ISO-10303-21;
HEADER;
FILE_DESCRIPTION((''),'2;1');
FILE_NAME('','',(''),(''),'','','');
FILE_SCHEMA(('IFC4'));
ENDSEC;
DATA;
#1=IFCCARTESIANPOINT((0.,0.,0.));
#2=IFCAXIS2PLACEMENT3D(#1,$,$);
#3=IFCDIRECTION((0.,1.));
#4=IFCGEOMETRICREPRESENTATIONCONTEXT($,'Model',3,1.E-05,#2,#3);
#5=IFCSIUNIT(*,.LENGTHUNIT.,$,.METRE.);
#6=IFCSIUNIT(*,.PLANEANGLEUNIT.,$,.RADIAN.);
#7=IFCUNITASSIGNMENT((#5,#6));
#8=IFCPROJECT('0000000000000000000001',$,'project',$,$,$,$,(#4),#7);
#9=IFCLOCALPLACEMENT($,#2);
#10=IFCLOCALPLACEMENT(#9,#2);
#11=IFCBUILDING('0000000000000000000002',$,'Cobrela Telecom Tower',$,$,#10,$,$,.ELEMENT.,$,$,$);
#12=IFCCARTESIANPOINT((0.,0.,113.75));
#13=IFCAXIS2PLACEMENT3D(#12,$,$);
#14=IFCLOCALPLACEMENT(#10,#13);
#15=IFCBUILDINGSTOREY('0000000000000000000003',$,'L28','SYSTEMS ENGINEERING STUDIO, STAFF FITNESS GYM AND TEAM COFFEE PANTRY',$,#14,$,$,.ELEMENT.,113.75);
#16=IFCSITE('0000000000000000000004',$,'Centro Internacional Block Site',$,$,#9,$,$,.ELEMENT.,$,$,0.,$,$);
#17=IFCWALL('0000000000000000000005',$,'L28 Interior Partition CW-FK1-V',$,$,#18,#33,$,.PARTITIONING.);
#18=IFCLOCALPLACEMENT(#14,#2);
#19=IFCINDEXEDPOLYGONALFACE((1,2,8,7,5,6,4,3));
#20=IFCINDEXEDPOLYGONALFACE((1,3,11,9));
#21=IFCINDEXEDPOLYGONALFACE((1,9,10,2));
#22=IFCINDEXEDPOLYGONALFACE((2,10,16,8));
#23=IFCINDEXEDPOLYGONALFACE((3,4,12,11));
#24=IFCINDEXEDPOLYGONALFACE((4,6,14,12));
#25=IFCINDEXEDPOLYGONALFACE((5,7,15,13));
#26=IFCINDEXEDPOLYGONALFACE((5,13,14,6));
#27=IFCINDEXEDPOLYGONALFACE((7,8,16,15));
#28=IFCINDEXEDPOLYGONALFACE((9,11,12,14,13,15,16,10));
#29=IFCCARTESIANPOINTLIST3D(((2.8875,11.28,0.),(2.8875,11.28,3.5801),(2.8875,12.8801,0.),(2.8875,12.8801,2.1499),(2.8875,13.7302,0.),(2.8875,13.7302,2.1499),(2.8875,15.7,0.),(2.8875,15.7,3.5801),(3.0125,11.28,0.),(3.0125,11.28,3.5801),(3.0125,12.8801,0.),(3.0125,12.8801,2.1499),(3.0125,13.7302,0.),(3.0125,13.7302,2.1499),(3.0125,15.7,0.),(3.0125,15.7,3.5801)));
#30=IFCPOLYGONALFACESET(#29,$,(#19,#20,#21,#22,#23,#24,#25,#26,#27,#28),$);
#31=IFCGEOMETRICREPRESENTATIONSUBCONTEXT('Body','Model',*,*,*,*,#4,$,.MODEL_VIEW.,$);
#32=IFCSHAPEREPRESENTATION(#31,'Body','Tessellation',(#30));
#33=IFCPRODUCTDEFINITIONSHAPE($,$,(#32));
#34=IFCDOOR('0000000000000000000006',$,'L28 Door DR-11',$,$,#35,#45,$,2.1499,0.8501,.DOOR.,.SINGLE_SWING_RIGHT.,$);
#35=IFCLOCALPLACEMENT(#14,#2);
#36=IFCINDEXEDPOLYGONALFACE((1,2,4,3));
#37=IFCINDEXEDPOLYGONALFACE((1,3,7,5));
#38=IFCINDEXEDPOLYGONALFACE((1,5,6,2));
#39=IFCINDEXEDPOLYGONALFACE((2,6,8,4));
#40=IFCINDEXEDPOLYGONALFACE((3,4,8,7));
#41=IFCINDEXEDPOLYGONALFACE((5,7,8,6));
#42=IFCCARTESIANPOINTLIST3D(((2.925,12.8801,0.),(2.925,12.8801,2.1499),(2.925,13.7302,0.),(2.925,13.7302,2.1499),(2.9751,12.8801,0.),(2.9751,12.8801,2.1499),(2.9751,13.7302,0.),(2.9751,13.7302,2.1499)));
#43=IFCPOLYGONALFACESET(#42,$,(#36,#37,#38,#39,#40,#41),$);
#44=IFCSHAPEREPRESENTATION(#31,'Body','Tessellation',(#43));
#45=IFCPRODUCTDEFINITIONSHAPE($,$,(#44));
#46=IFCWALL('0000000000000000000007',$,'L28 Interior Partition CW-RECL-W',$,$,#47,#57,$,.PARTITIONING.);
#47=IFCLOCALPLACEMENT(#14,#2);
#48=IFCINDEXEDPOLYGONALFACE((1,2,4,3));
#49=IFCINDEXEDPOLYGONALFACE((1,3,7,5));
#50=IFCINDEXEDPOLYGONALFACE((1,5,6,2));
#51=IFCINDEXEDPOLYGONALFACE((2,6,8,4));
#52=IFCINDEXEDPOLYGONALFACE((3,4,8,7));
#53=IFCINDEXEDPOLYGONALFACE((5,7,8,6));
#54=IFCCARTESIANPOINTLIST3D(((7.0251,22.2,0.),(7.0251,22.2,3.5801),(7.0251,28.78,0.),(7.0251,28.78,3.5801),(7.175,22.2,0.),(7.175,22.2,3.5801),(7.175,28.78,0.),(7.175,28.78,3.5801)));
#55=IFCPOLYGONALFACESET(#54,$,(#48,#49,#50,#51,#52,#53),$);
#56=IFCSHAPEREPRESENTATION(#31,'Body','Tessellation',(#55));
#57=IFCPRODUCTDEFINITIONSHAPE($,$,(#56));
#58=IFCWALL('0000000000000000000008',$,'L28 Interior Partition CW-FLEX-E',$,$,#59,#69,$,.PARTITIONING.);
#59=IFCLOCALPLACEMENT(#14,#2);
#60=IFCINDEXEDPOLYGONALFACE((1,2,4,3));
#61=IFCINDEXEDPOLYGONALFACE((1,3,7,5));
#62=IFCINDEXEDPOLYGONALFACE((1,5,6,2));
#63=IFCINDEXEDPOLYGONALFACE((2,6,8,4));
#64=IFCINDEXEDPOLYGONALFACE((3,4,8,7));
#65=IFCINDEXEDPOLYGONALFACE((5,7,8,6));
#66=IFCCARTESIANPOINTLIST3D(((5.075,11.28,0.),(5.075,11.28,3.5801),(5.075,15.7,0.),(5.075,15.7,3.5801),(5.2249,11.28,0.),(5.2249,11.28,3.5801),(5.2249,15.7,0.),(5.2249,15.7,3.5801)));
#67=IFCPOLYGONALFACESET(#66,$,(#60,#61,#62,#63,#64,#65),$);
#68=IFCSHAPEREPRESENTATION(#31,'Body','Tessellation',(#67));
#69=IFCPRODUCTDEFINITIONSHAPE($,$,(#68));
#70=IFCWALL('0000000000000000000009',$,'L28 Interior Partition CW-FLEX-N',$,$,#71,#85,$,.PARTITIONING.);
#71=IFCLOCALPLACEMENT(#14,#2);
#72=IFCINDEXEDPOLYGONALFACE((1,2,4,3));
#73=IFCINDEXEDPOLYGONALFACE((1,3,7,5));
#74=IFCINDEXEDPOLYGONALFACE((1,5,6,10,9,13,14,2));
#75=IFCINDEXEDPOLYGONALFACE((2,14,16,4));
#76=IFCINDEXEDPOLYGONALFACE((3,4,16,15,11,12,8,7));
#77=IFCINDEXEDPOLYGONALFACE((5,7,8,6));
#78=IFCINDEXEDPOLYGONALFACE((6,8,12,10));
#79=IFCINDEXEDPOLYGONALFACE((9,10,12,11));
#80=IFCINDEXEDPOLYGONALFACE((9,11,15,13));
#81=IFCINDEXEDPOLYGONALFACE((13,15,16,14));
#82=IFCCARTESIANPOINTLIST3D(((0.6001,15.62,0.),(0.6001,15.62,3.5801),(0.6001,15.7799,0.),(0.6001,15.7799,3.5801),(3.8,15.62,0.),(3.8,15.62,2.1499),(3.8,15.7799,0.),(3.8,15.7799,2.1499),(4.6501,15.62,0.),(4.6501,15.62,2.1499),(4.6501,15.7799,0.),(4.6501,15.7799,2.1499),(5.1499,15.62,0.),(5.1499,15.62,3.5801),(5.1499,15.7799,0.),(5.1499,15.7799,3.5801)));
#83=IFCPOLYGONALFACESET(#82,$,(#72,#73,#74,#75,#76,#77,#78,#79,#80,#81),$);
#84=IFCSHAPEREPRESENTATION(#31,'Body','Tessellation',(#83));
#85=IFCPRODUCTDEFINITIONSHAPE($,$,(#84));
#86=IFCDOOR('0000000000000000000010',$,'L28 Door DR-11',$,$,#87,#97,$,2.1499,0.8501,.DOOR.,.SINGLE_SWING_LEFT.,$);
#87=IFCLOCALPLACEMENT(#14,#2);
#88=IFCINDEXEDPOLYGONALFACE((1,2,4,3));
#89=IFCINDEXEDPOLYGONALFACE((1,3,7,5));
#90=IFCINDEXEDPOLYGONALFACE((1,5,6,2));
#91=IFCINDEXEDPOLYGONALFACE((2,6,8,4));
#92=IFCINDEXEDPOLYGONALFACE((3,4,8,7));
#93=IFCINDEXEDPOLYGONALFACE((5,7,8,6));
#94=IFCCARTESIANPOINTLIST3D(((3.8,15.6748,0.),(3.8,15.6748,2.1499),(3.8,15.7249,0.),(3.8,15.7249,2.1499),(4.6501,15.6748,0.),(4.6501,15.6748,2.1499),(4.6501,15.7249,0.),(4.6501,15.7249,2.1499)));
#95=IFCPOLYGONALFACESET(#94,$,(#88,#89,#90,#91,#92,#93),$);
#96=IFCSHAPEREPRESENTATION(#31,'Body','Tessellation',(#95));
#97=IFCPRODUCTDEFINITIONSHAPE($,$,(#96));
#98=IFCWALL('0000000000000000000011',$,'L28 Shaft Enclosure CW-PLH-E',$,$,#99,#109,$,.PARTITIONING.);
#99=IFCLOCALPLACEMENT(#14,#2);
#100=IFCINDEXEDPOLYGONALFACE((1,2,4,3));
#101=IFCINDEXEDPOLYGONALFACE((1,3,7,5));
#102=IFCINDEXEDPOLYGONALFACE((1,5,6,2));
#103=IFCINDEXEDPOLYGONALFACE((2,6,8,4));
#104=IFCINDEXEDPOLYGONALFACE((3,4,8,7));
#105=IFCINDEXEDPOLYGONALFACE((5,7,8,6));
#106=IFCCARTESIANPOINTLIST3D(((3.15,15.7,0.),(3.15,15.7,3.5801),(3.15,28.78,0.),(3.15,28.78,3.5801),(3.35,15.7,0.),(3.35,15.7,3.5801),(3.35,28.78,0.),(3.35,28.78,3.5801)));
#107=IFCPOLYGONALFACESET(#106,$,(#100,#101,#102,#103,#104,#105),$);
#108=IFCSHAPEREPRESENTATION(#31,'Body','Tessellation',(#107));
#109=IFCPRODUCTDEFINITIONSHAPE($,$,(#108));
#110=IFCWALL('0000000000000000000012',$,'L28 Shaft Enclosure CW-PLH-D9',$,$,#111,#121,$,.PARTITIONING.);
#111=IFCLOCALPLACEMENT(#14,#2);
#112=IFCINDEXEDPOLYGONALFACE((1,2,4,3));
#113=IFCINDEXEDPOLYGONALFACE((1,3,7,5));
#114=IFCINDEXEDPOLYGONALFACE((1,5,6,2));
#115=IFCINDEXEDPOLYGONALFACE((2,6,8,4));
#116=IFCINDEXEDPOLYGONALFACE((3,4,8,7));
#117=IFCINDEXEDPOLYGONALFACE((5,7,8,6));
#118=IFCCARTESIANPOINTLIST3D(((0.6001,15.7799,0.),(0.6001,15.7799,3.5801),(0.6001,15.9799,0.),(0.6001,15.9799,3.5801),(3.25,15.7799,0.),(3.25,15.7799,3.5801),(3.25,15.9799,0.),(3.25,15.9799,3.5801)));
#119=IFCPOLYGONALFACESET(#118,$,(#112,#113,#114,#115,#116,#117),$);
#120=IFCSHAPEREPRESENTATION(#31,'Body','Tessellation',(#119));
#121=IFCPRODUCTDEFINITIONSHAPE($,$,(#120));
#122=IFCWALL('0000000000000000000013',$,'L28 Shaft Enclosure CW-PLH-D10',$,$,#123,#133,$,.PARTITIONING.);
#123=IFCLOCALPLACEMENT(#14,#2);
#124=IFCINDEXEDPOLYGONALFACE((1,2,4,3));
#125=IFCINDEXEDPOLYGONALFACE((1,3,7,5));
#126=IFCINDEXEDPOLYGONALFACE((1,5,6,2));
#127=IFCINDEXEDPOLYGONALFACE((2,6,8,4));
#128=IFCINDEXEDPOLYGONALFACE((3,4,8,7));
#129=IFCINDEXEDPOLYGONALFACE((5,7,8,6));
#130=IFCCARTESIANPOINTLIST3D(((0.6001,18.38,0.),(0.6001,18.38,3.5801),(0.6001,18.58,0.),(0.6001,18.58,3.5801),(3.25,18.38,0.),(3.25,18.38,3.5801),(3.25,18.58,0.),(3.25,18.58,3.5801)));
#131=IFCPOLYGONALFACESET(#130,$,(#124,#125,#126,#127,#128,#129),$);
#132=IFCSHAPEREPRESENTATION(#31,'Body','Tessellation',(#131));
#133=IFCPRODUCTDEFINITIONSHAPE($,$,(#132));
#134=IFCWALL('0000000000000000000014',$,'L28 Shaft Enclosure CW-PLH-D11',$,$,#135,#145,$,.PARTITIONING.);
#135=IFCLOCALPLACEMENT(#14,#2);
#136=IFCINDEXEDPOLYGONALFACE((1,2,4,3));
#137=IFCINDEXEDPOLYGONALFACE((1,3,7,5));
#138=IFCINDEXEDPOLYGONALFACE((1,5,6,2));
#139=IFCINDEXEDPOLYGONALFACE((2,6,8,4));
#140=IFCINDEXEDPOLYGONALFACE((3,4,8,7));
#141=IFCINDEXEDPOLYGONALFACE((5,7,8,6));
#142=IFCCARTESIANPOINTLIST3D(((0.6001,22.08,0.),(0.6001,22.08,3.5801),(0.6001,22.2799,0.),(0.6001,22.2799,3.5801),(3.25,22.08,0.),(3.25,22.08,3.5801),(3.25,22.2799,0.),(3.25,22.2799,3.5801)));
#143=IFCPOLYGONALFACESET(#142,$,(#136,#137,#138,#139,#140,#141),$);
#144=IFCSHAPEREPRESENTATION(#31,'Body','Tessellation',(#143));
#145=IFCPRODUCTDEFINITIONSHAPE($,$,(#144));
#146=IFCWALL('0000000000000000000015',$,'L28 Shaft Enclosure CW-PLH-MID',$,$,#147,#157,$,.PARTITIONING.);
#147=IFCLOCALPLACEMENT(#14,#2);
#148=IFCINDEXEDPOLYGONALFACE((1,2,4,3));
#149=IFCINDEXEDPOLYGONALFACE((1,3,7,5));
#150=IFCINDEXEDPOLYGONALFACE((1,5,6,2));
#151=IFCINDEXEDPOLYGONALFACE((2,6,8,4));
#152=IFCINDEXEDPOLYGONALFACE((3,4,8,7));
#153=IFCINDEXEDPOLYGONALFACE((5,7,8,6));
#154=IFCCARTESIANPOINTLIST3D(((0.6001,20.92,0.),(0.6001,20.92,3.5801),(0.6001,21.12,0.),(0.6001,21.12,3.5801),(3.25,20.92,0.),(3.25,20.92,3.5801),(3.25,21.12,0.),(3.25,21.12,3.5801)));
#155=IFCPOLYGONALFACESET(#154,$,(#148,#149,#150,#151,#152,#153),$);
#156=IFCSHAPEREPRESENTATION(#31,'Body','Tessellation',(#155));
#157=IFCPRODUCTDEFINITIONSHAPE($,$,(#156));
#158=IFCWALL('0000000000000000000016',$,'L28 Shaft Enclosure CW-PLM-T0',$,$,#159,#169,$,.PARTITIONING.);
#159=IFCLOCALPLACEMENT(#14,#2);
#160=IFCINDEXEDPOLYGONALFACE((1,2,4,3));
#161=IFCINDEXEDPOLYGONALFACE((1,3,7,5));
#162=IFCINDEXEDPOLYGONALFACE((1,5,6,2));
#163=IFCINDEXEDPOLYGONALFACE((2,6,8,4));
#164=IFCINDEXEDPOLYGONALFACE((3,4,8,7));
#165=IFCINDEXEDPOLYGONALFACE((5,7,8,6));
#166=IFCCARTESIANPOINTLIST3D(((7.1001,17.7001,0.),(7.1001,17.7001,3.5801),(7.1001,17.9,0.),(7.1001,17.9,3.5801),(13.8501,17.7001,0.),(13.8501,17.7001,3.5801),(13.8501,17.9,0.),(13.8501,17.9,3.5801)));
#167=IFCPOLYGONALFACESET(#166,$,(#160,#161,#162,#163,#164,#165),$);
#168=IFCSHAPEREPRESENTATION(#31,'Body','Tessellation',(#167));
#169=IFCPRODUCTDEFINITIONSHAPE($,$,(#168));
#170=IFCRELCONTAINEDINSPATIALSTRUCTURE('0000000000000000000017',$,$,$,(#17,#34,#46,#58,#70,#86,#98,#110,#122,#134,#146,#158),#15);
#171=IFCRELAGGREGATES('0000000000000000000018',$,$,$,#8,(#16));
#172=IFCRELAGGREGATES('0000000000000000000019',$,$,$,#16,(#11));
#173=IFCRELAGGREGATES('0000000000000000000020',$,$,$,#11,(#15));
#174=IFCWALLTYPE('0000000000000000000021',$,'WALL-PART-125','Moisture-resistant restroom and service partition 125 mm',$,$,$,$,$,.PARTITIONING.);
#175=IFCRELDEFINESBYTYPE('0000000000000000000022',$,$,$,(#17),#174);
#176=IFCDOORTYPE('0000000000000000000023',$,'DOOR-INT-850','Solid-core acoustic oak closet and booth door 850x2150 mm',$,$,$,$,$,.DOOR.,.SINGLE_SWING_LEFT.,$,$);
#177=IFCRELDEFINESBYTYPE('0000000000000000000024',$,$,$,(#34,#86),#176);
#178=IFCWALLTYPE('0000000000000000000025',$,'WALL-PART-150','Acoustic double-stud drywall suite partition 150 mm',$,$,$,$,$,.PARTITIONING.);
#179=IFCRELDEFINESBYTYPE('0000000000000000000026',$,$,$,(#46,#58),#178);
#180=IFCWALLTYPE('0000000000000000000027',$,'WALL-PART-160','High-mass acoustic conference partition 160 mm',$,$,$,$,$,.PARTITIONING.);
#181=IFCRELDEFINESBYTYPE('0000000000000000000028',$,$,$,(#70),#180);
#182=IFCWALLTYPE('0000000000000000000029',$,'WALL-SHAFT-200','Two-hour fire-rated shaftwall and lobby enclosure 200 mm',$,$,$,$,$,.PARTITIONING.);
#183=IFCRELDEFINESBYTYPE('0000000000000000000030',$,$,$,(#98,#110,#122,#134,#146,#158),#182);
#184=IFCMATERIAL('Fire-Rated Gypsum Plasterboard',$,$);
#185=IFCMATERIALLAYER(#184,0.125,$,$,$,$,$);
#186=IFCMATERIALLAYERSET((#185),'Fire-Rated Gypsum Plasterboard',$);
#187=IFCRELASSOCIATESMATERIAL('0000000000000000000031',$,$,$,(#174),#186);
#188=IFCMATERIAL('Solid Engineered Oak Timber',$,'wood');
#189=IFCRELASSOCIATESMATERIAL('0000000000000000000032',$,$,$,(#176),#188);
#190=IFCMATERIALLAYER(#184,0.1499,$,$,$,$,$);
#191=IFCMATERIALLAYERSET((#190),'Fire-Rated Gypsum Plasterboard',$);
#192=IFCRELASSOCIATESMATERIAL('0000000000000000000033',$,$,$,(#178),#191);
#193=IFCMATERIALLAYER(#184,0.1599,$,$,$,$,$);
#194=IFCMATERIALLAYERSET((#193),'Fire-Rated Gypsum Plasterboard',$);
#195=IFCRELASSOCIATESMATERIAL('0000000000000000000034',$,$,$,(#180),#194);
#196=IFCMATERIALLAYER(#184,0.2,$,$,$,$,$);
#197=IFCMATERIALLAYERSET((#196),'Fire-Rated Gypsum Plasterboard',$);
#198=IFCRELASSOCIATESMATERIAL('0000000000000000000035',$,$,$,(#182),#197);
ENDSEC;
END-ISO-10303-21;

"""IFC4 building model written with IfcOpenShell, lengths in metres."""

from ifc_helpers import new_model, si_unit, direction, frame, frame_2d, origin, place, context, subcontext, project, spatial, rectangle, extrude, material, layer, layer_set, type_object, element, fill, save


model = new_model("IFC4")

# Units and contexts
model_context = context("Model", 3, precision=1e-05, world=origin(), true_north=direction((0.0, 1.0)))
body_context = subcontext(model_context, "Body", "Model", "MODEL_VIEW")
ifc_project = project(units=[si_unit("LENGTHUNIT", "METRE"), si_unit("PLANEANGLEUNIT", "RADIAN")], contexts=[model_context])

# Site, building, storey
site_placement = place(None, origin())
site = spatial("IfcSite", under=ifc_project, at=site_placement, Name="Centro Internacional Block Site", CompositionType="ELEMENT", RefElevation=0.0)
building_placement = place(site_placement, origin())
building = spatial("IfcBuilding", under=site, at=building_placement, Name="Cobrela Telecom Tower", CompositionType="ELEMENT")
storey_placement = place(building_placement, frame((0.0, 0.0, 113.75)))
storey = spatial("IfcBuildingStorey", under=building, at=storey_placement, Name="L28", Description="SYSTEMS ENGINEERING STUDIO, STAFF FITNESS GYM AND TEAM COFFEE PANTRY", CompositionType="ELEMENT", Elevation=113.75)

# Wall, opening, door
ifc_material_1 = material(Name="Fire-Rated Gypsum Plasterboard")
ifc_layer_1 = layer(ifc_material_1, 0.125)
ifc_layer_set_1 = layer_set([ifc_layer_1], Name="Fire-Rated Gypsum Plasterboard")
wall_type_1 = type_object("IfcWallType", Name="WALL-PART-125", Description="Moisture-resistant restroom and service partition 125 mm", PredefinedType="PARTITIONING", material=ifc_layer_set_1)
wall_1_placement = place(storey_placement, frame((2.95, 11.28, 0.0), z_axis=(0.0, 0.0, 1.0), x_axis=(0.0, 1.0, 0.0)))
wall_1 = element("IfcWall", 1, at=wall_1_placement, inside=storey, type_object=wall_type_1, Name="L28 Interior Partition CW-FK1-V", PredefinedType="PARTITIONING", context=body_context, shape_type="SweptSolid", body=[
    extrude(rectangle(XDim=4.4199, YDim=0.125, at=frame_2d((2.21, 0.0))), origin(), (0.0, 0.0, 1.0), 3.5801),
])
opening_1_placement = place(wall_1_placement, frame((1.6001, 0.0, 0.0)))
opening_1 = element("IfcOpeningElement", 2, at=opening_1_placement, cuts=wall_1, PredefinedType="OPENING", context=body_context, shape_type="SweptSolid", body=[
    extrude(rectangle(XDim=0.8501, YDim=2.1499, at=frame_2d((0.425, 1.075))), frame((0.0, 0.0745, 0.0), z_axis=(0.0, -1.0, 0.0), x_axis=(1.0, 0.0, 0.0)), (0.0, 0.0, 1.0), 0.1489),
])
ifc_material_2 = material(Name="Solid Engineered Oak Timber", Category="wood")
door_type_1 = type_object("IfcDoorType", Name="DOOR-INT-850", Description="Solid-core acoustic oak closet and booth door 850x2150 mm", OperationType="SINGLE_SWING_LEFT", PredefinedType="DOOR", material=ifc_material_2)
door_1_placement = place(opening_1_placement, origin())
door_1 = element("IfcDoor", 3, at=door_1_placement, inside=storey, type_object=door_type_1, Name="L28 Door DR-11", OperationType="SINGLE_SWING_RIGHT", OverallHeight=2.1499, OverallWidth=0.8501, PredefinedType="DOOR", context=body_context, shape_type="SweptSolid", body=[
    extrude(rectangle(XDim=0.8501, YDim=2.1499, at=frame_2d((0.425, 1.075))), frame((0.0, 0.0249, 0.0), z_axis=(0.0, -1.0, 0.0), x_axis=(1.0, 0.0, 0.0)), (0.0, 0.0, 1.0), 0.05),
])
fill(opening_1, door_1)

# Walls
ifc_layer_2 = layer(ifc_material_1, 0.1499)
ifc_layer_set_2 = layer_set([ifc_layer_2], Name="Fire-Rated Gypsum Plasterboard")
wall_type_2 = type_object("IfcWallType", Name="WALL-PART-150", Description="Acoustic double-stud drywall suite partition 150 mm", PredefinedType="PARTITIONING", material=ifc_layer_set_2)
wall_2_placement = place(storey_placement, frame((7.1001, 22.2, 0.0), z_axis=(0.0, 0.0, 1.0), x_axis=(0.0, 1.0, 0.0)))
element("IfcWall", 4, at=wall_2_placement, inside=storey, type_object=wall_type_2, Name="L28 Interior Partition CW-RECL-W", PredefinedType="PARTITIONING", context=body_context, shape_type="SweptSolid", body=[
    extrude(rectangle(XDim=6.5801, YDim=0.1499, at=frame_2d((3.29, 0.0))), origin(), (0.0, 0.0, 1.0), 3.5801),
])
wall_3_placement = place(storey_placement, frame((5.1499, 11.28, 0.0), z_axis=(0.0, 0.0, 1.0), x_axis=(0.0, 1.0, 0.0)))
element("IfcWall", 5, at=wall_3_placement, inside=storey, type_object=wall_type_2, Name="L28 Interior Partition CW-FLEX-E", PredefinedType="PARTITIONING", context=body_context, shape_type="SweptSolid", body=[
    extrude(rectangle(XDim=4.4199, YDim=0.1499, at=frame_2d((2.21, 0.0))), origin(), (0.0, 0.0, 1.0), 3.5801),
])

# Wall, opening, door
ifc_layer_3 = layer(ifc_material_1, 0.1599)
ifc_layer_set_3 = layer_set([ifc_layer_3], Name="Fire-Rated Gypsum Plasterboard")
wall_type_3 = type_object("IfcWallType", Name="WALL-PART-160", Description="High-mass acoustic conference partition 160 mm", PredefinedType="PARTITIONING", material=ifc_layer_set_3)
wall_4_placement = place(storey_placement, frame((0.6001, 15.7, 0.0), z_axis=(0.0, 0.0, 1.0), x_axis=(1.0, 0.0, 0.0)))
wall_4 = element("IfcWall", 6, at=wall_4_placement, inside=storey, type_object=wall_type_3, Name="L28 Interior Partition CW-FLEX-N", PredefinedType="PARTITIONING", context=body_context, shape_type="SweptSolid", body=[
    extrude(rectangle(XDim=4.5498, YDim=0.1599, at=frame_2d((2.2749, 0.0))), origin(), (0.0, 0.0, 1.0), 3.5801),
])
opening_2_placement = place(wall_4_placement, frame((3.2, 0.0, 0.0)))
opening_2 = element("IfcOpeningElement", 7, at=opening_2_placement, cuts=wall_4, PredefinedType="OPENING", context=body_context, shape_type="SweptSolid", body=[
    extrude(rectangle(XDim=0.8501, YDim=2.1499, at=frame_2d((0.425, 1.075))), frame((0.0, 0.0918, 0.0), z_axis=(0.0, -1.0, 0.0), x_axis=(1.0, 0.0, 0.0)), (0.0, 0.0, 1.0), 0.1838),
])
door_2_placement = place(opening_2_placement, origin())
door_2 = element("IfcDoor", 8, at=door_2_placement, inside=storey, type_object=door_type_1, Name="L28 Door DR-11", OperationType="SINGLE_SWING_LEFT", OverallHeight=2.1499, OverallWidth=0.8501, PredefinedType="DOOR", context=body_context, shape_type="SweptSolid", body=[
    extrude(rectangle(XDim=0.8501, YDim=2.1499, at=frame_2d((0.425, 1.075))), frame((0.0, 0.0249, 0.0), z_axis=(0.0, -1.0, 0.0), x_axis=(1.0, 0.0, 0.0)), (0.0, 0.0, 1.0), 0.05),
])
fill(opening_2, door_2)

# Walls
ifc_layer_4 = layer(ifc_material_1, 0.2)
ifc_layer_set_4 = layer_set([ifc_layer_4], Name="Fire-Rated Gypsum Plasterboard")
wall_type_4 = type_object("IfcWallType", Name="WALL-SHAFT-200", Description="Two-hour fire-rated shaftwall and lobby enclosure 200 mm", PredefinedType="PARTITIONING", material=ifc_layer_set_4)
wall_5_placement = place(storey_placement, frame((3.25, 15.7, 0.0), z_axis=(0.0, 0.0, 1.0), x_axis=(0.0, 1.0, 0.0)))
element("IfcWall", 9, at=wall_5_placement, inside=storey, type_object=wall_type_4, Name="L28 Shaft Enclosure CW-PLH-E", PredefinedType="PARTITIONING", context=body_context, shape_type="SweptSolid", body=[
    extrude(rectangle(XDim=13.0801, YDim=0.2, at=frame_2d((6.54, 0.0))), origin(), (0.0, 0.0, 1.0), 3.5801),
])
for number, where, z_axis, x_axis, name in (
    (10, (0.6001, 15.8799, 0.0), (0.0, 0.0, 1.0), (1.0, 0.0, 0.0), "L28 Shaft Enclosure CW-PLH-D9"),
    (11, (0.6001, 18.48, 0.0), (0.0, 0.0, 1.0), (1.0, 0.0, 0.0), "L28 Shaft Enclosure CW-PLH-D10"),
    (12, (0.6001, 22.1799, 0.0), (0.0, 0.0, 1.0), (1.0, 0.0, 0.0), "L28 Shaft Enclosure CW-PLH-D11"),
    (13, (0.6001, 21.02, 0.0), (0.0, 0.0, 1.0), (1.0, 0.0, 0.0), "L28 Shaft Enclosure CW-PLH-MID"),
):
    element("IfcWall", number, at=place(storey_placement, frame(where, z_axis=z_axis, x_axis=x_axis)), inside=storey, type_object=wall_type_4, Name=name, PredefinedType="PARTITIONING", context=body_context, shape_type="SweptSolid", body=[
        extrude(rectangle(XDim=2.6499, YDim=0.2, at=frame_2d((1.325, 0.0))), origin(), (0.0, 0.0, 1.0), 3.5801),
    ])
wall_6_placement = place(storey_placement, frame((7.1001, 17.8, 0.0), z_axis=(0.0, 0.0, 1.0), x_axis=(1.0, 0.0, 0.0)))
element("IfcWall", 14, at=wall_6_placement, inside=storey, type_object=wall_type_4, Name="L28 Shaft Enclosure CW-PLM-T0", PredefinedType="PARTITIONING", context=body_context, shape_type="SweptSolid", body=[
    extrude(rectangle(XDim=6.75, YDim=0.2, at=frame_2d((3.375, 0.0))), origin(), (0.0, 0.0, 1.0), 3.5801),
])

save(model, "model.ifc")
